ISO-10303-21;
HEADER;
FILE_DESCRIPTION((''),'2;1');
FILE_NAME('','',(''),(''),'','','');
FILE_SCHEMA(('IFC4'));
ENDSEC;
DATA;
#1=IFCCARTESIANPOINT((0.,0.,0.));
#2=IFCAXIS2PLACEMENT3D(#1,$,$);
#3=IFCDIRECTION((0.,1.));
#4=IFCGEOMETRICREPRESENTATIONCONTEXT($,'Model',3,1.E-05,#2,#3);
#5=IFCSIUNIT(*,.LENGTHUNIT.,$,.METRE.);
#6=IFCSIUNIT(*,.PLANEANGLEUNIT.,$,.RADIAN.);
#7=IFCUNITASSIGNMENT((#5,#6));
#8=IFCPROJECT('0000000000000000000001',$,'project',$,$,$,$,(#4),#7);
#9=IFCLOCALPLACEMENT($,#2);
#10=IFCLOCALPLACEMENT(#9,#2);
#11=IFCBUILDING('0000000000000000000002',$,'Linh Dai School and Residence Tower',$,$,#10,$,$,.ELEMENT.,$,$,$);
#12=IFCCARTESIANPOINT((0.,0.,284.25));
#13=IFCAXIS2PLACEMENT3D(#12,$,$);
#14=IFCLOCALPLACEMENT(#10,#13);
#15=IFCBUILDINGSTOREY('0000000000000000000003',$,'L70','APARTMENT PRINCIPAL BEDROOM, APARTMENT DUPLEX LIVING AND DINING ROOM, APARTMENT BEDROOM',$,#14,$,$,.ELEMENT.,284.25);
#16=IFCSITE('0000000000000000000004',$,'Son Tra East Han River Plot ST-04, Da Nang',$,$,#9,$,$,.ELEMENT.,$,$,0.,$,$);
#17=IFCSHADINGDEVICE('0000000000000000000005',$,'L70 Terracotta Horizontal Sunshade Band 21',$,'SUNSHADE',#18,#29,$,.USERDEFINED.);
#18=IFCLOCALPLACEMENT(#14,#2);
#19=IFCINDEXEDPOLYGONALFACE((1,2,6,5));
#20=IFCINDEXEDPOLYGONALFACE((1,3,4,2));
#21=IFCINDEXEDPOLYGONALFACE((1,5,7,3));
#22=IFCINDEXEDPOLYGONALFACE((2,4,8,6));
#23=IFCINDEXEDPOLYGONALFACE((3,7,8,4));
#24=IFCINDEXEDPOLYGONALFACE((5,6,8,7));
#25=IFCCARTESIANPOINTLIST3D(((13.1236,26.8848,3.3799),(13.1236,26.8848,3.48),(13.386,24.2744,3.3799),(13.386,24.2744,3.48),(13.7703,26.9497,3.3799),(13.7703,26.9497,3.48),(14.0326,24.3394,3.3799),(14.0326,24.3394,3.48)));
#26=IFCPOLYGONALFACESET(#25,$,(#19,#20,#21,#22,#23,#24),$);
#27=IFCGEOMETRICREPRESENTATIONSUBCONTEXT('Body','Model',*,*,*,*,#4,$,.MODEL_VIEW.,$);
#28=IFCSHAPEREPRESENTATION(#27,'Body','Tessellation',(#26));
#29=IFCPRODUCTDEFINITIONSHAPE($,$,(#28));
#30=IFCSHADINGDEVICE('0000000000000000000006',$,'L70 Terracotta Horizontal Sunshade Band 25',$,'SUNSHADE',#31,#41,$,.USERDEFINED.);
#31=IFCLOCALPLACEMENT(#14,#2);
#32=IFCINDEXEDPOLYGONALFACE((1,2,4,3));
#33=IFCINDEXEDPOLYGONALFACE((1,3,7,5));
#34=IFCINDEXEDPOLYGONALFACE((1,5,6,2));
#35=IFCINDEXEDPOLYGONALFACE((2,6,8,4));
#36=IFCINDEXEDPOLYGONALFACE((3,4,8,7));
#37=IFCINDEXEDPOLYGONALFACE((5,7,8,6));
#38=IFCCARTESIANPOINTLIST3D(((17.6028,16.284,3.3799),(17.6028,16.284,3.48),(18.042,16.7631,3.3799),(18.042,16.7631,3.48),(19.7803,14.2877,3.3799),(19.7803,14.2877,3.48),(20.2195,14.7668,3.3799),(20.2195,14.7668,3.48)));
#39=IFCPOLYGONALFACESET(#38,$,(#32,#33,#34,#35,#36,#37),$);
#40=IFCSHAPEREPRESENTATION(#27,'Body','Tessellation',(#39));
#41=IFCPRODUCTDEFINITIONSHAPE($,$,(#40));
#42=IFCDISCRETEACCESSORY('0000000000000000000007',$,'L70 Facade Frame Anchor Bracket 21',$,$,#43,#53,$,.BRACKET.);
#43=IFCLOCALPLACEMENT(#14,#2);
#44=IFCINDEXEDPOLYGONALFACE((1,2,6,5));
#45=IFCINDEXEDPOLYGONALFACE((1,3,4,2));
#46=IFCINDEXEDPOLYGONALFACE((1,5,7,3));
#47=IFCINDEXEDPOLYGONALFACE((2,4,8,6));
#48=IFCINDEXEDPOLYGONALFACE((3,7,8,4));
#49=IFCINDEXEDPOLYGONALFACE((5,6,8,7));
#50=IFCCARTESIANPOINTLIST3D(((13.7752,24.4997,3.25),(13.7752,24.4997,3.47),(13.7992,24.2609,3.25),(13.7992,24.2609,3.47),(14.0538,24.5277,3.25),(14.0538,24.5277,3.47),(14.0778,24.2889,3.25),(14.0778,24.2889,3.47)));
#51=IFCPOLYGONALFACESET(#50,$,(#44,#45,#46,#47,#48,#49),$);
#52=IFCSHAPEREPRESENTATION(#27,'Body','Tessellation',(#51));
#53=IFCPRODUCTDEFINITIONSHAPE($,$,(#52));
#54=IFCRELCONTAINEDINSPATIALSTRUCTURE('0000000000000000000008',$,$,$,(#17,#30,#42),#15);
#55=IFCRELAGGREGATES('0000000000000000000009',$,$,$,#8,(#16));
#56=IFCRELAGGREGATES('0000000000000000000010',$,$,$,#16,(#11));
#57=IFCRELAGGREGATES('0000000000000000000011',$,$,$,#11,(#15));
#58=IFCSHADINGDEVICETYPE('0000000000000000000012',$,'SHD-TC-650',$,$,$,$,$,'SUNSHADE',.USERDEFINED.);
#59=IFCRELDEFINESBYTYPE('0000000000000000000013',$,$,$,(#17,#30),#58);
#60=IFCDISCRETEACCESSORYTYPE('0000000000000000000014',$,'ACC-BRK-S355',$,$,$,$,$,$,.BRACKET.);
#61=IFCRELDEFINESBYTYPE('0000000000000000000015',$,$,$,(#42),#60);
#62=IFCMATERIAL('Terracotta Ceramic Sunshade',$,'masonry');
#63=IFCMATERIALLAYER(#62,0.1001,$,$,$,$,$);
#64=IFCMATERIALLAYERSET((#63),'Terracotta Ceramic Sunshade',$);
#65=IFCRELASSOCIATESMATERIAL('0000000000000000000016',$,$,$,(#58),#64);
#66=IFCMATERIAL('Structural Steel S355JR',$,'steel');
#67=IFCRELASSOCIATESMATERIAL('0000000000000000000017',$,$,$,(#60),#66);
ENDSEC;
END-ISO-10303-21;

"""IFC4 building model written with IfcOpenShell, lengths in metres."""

from ifc_helpers import new_model, si_unit, direction, frame, origin, origin_2d, place, context, subcontext, project, spatial, rectangle, extrude, source, transform, mapped, material, layer, layer_set, type_object, element, save


model = new_model("IFC4")

# Units and contexts
model_context = context("Model", 3, precision=1e-05, world=origin(), true_north=direction((0.0, 1.0)))
body_context = subcontext(model_context, "Body", "Model", "MODEL_VIEW")
ifc_project = project(units=[si_unit("LENGTHUNIT", "METRE"), si_unit("PLANEANGLEUNIT", "RADIAN")], contexts=[model_context])

# Site, building, storey
site_placement = place(None, origin())
site = spatial("IfcSite", under=ifc_project, at=site_placement, Name="Son Tra East Han River Plot ST-04, Da Nang", CompositionType="ELEMENT", RefElevation=0.0)
building_placement = place(site_placement, origin())
building = spatial("IfcBuilding", under=site, at=building_placement, Name="Linh Dai School and Residence Tower", CompositionType="ELEMENT")
storey_placement = place(building_placement, frame((0.0, 0.0, 284.25)))
storey = spatial("IfcBuildingStorey", under=building, at=storey_placement, Name="L70", Description="APARTMENT PRINCIPAL BEDROOM, APARTMENT DUPLEX LIVING AND DINING ROOM, APARTMENT BEDROOM", CompositionType="ELEMENT", Elevation=284.25)

# Shared definitions
ifc_material_1 = material(Name="Structural Steel S355JR", Category="steel")

# Shading devices
ifc_material_2 = material(Name="Terracotta Ceramic Sunshade", Category="masonry")
ifc_layer_1 = layer(ifc_material_2, 0.1001)
ifc_layer_set_1 = layer_set([ifc_layer_1], Name="Terracotta Ceramic Sunshade")
shading_device_type = type_object("IfcShadingDeviceType", Name="SHD-TC-650", ElementType="SUNSHADE", PredefinedType="USERDEFINED", material=ifc_layer_set_1)
shared_shape_1 = source(origin(), body_context, "Body", "SweptSolid", [
    extrude(rectangle(XDim=2.6235, YDim=0.6499, at=origin_2d()), origin(), (0.0, 0.0, 1.0), 0.1001),
])
shading_device_1_placement = place(storey_placement, frame((13.5781, 25.6121, 3.3799), z_axis=(0.0, 0.0, 1.0), x_axis=(-0.100008, 0.994987, 0.0)))
element("IfcShadingDevice", 1, at=shading_device_1_placement, inside=storey, type_object=shading_device_type, Name="L70 Terracotta Horizontal Sunshade Band 21", ObjectType="SUNSHADE", PredefinedType="USERDEFINED", context=body_context, shape_type="MappedRepresentation", body=[
    mapped(shared_shape_1, transform((0.0, 0.0, 0.0), x_axis=(1.0, 0.0, 0.0), y_axis=(0.0, 1.0, 0.0), z_axis=(0.0, 0.0, 1.0), scale=1.0)),
])
shared_shape_2 = source(origin(), body_context, "Body", "SweptSolid", [
    extrude(rectangle(XDim=2.9541, YDim=0.6499, at=origin_2d()), origin(), (0.0, 0.0, 1.0), 0.1001),
])
shading_device_2_placement = place(storey_placement, frame((18.9111, 15.5254, 3.3799), z_axis=(0.0, 0.0, 1.0), x_axis=(-0.737104, 0.675779, 0.0)))
element("IfcShadingDevice", 2, at=shading_device_2_placement, inside=storey, type_object=shading_device_type, Name="L70 Terracotta Horizontal Sunshade Band 25", ObjectType="SUNSHADE", PredefinedType="USERDEFINED", context=body_context, shape_type="MappedRepresentation", body=[
    mapped(shared_shape_2, transform((0.0, 0.0, 0.0), x_axis=(1.0, 0.0, 0.0), y_axis=(0.0, 1.0, 0.0), z_axis=(0.0, 0.0, 1.0), scale=1.0)),
])

# Discrete accessory
discrete_accessory_type = type_object("IfcDiscreteAccessoryType", Name="ACC-BRK-S355", PredefinedType="BRACKET", material=ifc_material_1)
shared_shape_3 = source(origin(), body_context, "Body", "SweptSolid", [
    extrude(rectangle(XDim=0.28, YDim=0.24, at=origin_2d()), origin(), (0.0, 0.0, 1.0), 0.22),
])
discrete_accessory_placement = place(storey_placement, frame((13.9265, 24.3943, 3.25), z_axis=(0.0, 0.0, 1.0), x_axis=(-0.994987, -0.100008, 0.0)))
element("IfcDiscreteAccessory", 3, at=discrete_accessory_placement, inside=storey, type_object=discrete_accessory_type, Name="L70 Facade Frame Anchor Bracket 21", PredefinedType="BRACKET", context=body_context, shape_type="MappedRepresentation", body=[
    mapped(shared_shape_3, transform((0.0, 0.0, 0.0), x_axis=(1.0, 0.0, 0.0), y_axis=(0.0, 1.0, 0.0), z_axis=(0.0, 0.0, 1.0), scale=1.0)),
])

save(model, "model.ifc")
